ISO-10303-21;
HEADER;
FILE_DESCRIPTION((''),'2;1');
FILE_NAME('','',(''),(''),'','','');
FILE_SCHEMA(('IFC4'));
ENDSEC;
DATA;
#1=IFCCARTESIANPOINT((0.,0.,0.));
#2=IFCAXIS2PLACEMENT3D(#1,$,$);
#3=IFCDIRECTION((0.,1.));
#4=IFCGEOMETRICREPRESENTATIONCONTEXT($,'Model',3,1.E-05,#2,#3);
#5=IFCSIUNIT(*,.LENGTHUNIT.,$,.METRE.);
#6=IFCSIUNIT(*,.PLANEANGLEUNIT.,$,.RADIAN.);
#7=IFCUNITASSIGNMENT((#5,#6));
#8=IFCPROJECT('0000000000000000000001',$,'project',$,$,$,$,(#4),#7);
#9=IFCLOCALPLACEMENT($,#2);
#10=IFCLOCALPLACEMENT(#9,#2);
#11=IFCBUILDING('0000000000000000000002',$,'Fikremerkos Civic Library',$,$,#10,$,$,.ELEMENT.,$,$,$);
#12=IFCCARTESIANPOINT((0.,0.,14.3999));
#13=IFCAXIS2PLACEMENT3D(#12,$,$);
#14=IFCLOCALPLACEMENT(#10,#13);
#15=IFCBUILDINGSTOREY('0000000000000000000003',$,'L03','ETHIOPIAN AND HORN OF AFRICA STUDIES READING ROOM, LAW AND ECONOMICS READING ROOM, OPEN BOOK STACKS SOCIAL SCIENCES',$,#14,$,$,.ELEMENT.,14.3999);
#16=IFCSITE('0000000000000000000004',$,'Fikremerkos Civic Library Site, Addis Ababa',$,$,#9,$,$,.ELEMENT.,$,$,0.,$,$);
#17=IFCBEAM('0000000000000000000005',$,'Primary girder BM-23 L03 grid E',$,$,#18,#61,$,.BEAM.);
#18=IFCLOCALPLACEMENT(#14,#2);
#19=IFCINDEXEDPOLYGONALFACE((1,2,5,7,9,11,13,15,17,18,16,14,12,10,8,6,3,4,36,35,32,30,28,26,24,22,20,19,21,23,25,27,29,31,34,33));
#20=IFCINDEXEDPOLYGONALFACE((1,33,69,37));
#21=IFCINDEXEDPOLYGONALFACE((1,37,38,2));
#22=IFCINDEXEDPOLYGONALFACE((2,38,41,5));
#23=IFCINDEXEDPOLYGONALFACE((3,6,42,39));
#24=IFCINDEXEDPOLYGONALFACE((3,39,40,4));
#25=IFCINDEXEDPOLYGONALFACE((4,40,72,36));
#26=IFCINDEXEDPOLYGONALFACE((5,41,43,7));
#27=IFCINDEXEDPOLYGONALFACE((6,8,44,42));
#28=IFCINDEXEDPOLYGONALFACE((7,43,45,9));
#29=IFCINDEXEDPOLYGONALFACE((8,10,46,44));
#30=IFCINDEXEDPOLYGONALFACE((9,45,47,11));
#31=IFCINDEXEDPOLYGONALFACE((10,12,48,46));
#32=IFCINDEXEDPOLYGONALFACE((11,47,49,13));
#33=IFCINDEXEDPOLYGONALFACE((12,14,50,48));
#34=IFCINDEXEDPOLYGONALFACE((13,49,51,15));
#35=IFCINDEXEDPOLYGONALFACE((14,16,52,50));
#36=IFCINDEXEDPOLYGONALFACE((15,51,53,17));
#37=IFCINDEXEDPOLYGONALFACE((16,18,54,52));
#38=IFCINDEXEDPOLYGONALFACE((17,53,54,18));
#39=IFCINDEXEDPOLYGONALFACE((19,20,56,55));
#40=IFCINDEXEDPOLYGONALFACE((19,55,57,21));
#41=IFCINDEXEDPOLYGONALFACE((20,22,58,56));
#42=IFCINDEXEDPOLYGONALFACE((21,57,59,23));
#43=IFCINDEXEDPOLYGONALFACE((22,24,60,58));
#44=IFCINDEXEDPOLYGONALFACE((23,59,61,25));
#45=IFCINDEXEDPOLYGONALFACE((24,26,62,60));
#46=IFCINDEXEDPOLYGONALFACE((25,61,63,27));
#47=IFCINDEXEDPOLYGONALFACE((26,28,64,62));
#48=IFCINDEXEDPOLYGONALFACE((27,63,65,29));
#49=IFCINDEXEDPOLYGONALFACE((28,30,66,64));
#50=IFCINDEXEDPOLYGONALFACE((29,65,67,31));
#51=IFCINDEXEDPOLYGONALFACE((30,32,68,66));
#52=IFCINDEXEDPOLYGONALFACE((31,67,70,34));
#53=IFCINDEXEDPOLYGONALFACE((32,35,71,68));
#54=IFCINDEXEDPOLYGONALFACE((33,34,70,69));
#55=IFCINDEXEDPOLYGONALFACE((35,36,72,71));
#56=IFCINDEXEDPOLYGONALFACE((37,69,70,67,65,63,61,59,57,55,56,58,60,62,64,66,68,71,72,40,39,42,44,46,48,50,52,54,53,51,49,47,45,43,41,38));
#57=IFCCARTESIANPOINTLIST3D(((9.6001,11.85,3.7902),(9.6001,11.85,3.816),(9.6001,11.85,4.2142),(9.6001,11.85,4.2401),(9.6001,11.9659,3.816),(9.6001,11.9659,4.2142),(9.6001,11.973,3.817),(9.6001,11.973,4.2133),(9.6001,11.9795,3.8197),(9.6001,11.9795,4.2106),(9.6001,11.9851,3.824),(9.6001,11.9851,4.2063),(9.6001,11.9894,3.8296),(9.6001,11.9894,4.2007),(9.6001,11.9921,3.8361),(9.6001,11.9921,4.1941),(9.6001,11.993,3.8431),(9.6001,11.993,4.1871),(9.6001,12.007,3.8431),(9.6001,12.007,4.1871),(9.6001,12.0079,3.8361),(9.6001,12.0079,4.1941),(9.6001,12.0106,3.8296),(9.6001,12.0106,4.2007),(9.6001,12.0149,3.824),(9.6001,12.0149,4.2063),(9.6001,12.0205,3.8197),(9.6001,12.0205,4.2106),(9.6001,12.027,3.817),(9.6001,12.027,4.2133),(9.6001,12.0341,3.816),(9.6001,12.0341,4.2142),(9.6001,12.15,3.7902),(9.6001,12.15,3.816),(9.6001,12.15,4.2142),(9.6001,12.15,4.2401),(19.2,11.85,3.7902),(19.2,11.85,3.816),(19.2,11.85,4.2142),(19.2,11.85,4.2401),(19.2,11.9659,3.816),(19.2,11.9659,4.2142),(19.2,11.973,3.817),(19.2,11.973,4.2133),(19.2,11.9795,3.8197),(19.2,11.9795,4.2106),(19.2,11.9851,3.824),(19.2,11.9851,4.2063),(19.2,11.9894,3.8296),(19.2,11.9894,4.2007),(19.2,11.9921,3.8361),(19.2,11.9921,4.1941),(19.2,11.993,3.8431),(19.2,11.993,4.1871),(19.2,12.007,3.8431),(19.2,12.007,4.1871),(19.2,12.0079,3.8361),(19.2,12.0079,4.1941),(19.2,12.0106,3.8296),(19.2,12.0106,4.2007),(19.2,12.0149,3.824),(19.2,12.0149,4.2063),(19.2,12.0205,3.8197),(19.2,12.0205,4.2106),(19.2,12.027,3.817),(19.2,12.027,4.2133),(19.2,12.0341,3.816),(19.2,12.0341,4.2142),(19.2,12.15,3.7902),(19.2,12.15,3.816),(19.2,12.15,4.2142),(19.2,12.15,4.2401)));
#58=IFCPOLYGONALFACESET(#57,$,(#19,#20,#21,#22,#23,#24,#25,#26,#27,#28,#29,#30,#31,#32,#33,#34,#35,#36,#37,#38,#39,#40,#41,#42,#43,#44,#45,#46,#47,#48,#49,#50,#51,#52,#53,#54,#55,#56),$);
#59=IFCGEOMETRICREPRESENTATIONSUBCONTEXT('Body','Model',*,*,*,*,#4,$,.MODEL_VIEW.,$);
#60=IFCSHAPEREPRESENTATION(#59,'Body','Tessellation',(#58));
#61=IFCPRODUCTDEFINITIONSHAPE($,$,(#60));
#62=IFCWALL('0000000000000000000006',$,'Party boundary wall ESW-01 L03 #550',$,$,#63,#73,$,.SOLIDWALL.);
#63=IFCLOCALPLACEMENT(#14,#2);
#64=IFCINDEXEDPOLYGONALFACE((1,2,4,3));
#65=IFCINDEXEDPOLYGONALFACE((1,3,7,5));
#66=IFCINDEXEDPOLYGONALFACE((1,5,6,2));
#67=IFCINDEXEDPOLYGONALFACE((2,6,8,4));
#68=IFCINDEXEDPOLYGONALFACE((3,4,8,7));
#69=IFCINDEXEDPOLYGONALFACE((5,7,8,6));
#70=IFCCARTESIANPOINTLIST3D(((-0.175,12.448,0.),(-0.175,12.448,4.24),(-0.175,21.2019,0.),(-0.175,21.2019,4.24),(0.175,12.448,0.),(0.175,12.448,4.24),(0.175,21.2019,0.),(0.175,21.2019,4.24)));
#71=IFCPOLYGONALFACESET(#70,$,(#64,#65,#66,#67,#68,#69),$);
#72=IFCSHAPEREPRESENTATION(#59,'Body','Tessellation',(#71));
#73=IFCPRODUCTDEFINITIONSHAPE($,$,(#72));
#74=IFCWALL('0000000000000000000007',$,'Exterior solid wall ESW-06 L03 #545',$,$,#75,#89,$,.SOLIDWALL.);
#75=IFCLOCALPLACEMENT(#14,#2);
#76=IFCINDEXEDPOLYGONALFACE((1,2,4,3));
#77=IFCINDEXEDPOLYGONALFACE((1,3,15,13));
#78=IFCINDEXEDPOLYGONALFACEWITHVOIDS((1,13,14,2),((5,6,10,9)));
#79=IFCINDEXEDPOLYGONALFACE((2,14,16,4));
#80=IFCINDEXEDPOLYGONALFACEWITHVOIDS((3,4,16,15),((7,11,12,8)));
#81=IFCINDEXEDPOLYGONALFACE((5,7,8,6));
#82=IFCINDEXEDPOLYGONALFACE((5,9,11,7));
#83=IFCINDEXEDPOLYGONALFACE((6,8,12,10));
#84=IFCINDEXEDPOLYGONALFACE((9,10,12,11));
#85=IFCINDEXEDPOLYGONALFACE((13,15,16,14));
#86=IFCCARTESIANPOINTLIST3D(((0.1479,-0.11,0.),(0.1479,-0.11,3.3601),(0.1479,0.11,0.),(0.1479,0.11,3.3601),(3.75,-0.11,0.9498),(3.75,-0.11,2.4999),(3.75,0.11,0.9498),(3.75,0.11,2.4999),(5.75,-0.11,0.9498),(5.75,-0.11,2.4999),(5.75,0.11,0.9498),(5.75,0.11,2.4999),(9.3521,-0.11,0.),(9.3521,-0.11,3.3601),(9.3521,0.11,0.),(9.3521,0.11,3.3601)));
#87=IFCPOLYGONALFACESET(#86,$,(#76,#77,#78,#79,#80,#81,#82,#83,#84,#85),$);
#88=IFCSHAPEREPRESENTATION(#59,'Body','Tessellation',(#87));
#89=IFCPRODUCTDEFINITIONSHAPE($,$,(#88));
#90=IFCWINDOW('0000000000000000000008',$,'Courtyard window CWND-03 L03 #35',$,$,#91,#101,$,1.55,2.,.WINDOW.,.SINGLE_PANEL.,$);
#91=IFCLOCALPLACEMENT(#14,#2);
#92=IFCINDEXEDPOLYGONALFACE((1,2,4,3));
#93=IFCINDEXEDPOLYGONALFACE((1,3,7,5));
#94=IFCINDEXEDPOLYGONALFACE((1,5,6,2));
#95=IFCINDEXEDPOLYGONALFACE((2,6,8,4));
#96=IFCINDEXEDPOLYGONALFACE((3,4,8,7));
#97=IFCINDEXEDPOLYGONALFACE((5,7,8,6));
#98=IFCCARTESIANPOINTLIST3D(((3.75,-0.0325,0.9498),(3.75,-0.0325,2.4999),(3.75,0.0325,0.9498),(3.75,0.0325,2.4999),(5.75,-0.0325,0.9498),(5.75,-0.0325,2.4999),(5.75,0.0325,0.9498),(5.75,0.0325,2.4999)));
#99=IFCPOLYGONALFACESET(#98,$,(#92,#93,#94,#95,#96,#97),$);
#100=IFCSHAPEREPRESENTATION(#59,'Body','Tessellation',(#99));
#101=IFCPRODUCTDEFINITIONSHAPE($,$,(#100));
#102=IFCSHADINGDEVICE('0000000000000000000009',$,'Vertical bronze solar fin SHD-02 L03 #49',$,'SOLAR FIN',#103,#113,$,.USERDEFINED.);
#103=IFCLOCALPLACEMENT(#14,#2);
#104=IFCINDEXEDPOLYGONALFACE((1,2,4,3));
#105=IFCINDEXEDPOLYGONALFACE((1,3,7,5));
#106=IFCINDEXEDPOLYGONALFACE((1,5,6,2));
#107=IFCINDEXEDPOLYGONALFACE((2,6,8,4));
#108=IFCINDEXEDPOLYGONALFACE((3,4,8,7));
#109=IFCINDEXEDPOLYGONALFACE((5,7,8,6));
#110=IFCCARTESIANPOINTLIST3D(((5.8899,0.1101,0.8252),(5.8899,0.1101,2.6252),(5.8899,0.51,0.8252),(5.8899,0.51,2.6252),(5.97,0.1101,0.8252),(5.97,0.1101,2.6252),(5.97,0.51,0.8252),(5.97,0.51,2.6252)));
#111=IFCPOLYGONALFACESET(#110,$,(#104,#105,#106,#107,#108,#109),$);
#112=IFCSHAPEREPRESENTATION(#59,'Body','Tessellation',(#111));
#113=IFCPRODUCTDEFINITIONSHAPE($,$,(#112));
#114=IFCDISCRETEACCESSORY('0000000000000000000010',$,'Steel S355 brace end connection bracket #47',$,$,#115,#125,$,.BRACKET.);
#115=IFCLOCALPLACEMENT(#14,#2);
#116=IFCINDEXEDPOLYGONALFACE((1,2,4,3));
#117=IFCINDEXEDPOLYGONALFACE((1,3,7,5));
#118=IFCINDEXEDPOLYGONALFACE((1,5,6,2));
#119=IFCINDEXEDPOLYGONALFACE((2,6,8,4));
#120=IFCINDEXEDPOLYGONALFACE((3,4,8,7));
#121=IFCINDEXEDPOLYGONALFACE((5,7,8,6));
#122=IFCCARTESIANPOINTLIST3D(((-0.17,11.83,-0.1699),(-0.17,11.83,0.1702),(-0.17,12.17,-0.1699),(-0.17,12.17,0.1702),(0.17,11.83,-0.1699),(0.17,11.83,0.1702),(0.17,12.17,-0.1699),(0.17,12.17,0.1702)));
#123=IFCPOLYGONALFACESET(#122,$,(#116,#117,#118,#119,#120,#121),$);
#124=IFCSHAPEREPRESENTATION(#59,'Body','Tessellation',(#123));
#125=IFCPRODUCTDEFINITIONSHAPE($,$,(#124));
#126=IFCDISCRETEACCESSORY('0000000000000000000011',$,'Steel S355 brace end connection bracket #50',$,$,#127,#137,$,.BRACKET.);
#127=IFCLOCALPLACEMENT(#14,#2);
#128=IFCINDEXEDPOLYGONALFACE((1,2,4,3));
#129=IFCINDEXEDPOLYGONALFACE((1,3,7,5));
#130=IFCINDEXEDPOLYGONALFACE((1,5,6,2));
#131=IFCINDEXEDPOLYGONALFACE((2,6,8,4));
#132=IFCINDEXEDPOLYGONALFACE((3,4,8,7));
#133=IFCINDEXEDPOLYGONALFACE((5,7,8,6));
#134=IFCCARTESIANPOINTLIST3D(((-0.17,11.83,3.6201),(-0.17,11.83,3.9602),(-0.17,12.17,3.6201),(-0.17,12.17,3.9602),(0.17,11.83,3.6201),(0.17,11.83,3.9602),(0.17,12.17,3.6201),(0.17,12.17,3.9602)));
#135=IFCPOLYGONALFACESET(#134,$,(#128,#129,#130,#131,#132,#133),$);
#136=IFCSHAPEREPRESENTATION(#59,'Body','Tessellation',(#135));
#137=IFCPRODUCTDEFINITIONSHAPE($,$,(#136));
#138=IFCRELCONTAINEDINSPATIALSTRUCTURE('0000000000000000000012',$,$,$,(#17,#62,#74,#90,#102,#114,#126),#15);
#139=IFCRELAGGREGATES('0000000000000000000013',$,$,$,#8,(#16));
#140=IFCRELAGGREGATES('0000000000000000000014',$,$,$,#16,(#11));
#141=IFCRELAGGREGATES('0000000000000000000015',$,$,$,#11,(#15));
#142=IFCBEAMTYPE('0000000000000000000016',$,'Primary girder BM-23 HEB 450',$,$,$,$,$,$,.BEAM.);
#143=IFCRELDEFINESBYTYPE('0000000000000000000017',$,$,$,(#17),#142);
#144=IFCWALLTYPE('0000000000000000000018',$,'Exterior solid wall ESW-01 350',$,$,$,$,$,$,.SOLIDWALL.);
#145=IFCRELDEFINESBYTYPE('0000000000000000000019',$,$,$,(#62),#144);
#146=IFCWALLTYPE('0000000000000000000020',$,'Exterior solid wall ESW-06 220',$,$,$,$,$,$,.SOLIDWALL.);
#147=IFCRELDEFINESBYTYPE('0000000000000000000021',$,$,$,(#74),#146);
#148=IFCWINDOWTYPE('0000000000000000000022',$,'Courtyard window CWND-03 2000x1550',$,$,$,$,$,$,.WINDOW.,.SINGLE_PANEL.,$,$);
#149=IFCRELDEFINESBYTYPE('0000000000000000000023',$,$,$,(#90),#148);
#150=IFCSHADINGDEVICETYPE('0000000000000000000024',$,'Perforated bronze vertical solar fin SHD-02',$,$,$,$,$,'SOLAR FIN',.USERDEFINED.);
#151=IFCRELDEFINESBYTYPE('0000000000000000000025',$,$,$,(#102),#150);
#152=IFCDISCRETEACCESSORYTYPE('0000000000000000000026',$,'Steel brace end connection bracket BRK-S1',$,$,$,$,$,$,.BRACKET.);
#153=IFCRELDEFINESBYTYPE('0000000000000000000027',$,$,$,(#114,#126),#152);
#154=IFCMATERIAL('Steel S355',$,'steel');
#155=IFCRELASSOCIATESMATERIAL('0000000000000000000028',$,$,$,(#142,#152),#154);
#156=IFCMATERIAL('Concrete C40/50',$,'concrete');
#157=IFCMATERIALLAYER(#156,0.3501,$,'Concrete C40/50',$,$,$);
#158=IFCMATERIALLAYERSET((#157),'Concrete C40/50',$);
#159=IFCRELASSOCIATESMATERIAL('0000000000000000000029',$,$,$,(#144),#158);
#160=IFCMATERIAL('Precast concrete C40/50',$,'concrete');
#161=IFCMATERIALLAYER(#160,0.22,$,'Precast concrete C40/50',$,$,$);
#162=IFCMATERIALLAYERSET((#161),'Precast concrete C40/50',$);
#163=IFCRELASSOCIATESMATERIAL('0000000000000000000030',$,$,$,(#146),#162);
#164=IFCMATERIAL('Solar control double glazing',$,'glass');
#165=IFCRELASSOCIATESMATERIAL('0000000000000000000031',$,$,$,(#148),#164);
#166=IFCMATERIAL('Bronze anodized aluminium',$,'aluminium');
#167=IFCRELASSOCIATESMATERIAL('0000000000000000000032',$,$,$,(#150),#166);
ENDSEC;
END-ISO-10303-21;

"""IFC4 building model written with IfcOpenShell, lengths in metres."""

from ifc_helpers import new_model, si_unit, direction, frame, frame_2d, origin, origin_2d, place, context, subcontext, project, spatial, rectangle, i_section, extrude, material, layer, layer_set, material_profile, profile_set, type_object, element, fill, save


model = new_model("IFC4")

# Units and contexts
model_context = context("Model", 3, precision=1e-05, world=origin(), true_north=direction((0.0, 1.0)))
body_context = subcontext(model_context, "Body", "Model", "MODEL_VIEW")
ifc_project = project(units=[si_unit("LENGTHUNIT", "METRE"), si_unit("PLANEANGLEUNIT", "RADIAN")], contexts=[model_context])

# Site, building, storey
site_placement = place(None, origin())
site = spatial("IfcSite", under=ifc_project, at=site_placement, Name="Fikremerkos Civic Library Site, Addis Ababa", CompositionType="ELEMENT", RefElevation=0.0)
building_placement = place(site_placement, origin())
building = spatial("IfcBuilding", under=site, at=building_placement, Name="Fikremerkos Civic Library", CompositionType="ELEMENT")
storey_placement = place(building_placement, frame((0.0, 0.0, 14.3999)))
storey = spatial("IfcBuildingStorey", under=building, at=storey_placement, Name="L03", Description="ETHIOPIAN AND HORN OF AFRICA STUDIES READING ROOM, LAW AND ECONOMICS READING ROOM, OPEN BOOK STACKS SOCIAL SCIENCES", CompositionType="ELEMENT", Elevation=14.3999)

# Shared definitions
ifc_material_1 = material(Name="Concrete C40/50", Category="concrete")

# Shared definitions
ifc_material_2 = material(Name="Steel S355", Category="steel")

# Beam
ifc_material_profile_1 = material_profile(ifc_material_2, i_section(OverallWidth=0.3, OverallDepth=0.45, WebThickness=0.0139, FlangeThickness=0.0259, FilletRadius=0.0271, at=origin_2d()), Name="HEB 450")
ifc_profile_set_1 = profile_set([ifc_material_profile_1], Name="Steel S355")
beam_type_1 = type_object("IfcBeamType", Name="Primary girder BM-23 HEB 450", PredefinedType="BEAM", material=ifc_profile_set_1)
beam_1_placement = place(storey_placement, frame((9.6001, 12.0, 4.0151), z_axis=(1.0, 0.0, 0.0), x_axis=(0.0, 1.0, 0.0)))
element("IfcBeam", 1, at=beam_1_placement, inside=storey, type_object=beam_type_1, Name="Primary girder BM-23 L03 grid E", PredefinedType="BEAM", context=body_context, shape_type="SweptSolid", body=[
    extrude(i_section(OverallWidth=0.3, OverallDepth=0.45, WebThickness=0.0139, FlangeThickness=0.0259, FilletRadius=0.0271, at=origin_2d()), origin(), (0.0, 0.0, 1.0), 9.5999),
])

# Wall
ifc_layer_1 = layer(ifc_material_1, 0.3501, Name="Concrete C40/50")
ifc_layer_set_1 = layer_set([ifc_layer_1], Name="Concrete C40/50")
wall_type_1 = type_object("IfcWallType", Name="Exterior solid wall ESW-01 350", PredefinedType="SOLIDWALL", material=ifc_layer_set_1)
wall_1_placement = place(storey_placement, frame((0.0, 12.448, 0.0), z_axis=(0.0, 0.0, 1.0), x_axis=(0.0, 1.0, 0.0)))
element("IfcWall", 2, at=wall_1_placement, inside=storey, type_object=wall_type_1, Name="Party boundary wall ESW-01 L03 #550", PredefinedType="SOLIDWALL", context=body_context, shape_type="SweptSolid", body=[
    extrude(rectangle(XDim=8.7539, YDim=0.3501, at=frame_2d((4.377, 0.0))), origin(), (0.0, 0.0, 1.0), 4.24),
])

# Wall, opening, window
ifc_material_3 = material(Name="Precast concrete C40/50", Category="concrete")
ifc_layer_2 = layer(ifc_material_3, 0.22, Name="Precast concrete C40/50")
ifc_layer_set_2 = layer_set([ifc_layer_2], Name="Precast concrete C40/50")
wall_type_2 = type_object("IfcWallType", Name="Exterior solid wall ESW-06 220", PredefinedType="SOLIDWALL", material=ifc_layer_set_2)
wall_2_placement = place(storey_placement, frame((9.3521, 0.0, 0.0), z_axis=(0.0, 0.0, 1.0), x_axis=(-1.0, 0.0, 0.0)))
wall_2 = element("IfcWall", 3, at=wall_2_placement, inside=storey, type_object=wall_type_2, Name="Exterior solid wall ESW-06 L03 #545", PredefinedType="SOLIDWALL", context=body_context, shape_type="SweptSolid", body=[
    extrude(rectangle(XDim=9.2041, YDim=0.22, at=frame_2d((4.6021, 0.0))), origin(), (0.0, 0.0, 1.0), 3.3601),
])
opening_placement = place(wall_2_placement, frame((3.6021, 0.0, 0.95)))
opening = element("IfcOpeningElement", 4, at=opening_placement, cuts=wall_2, PredefinedType="OPENING", context=body_context, shape_type="SweptSolid", body=[
    extrude(rectangle(XDim=2.0, YDim=1.55, at=frame_2d((1.0, 0.7749))), frame((0.0, 0.1199, 0.0), z_axis=(0.0, -1.0, 0.0), x_axis=(1.0, 0.0, 0.0)), (0.0, 0.0, 1.0), 0.24),
])
ifc_material_4 = material(Name="Solar control double glazing", Category="glass")
window_type = type_object("IfcWindowType", Name="Courtyard window CWND-03 2000x1550", PartitioningType="SINGLE_PANEL", PredefinedType="WINDOW", material=ifc_material_4)
window_placement = place(opening_placement, origin())
window = element("IfcWindow", 5, at=window_placement, inside=storey, type_object=window_type, Name="Courtyard window CWND-03 L03 #35", OverallHeight=1.55, OverallWidth=2.0, PartitioningType="SINGLE_PANEL", PredefinedType="WINDOW", context=body_context, shape_type="SweptSolid", body=[
    extrude(rectangle(XDim=2.0, YDim=1.55, at=frame_2d((1.0, 0.7749))), frame((0.0, 0.0325, 0.0), z_axis=(0.0, -1.0, 0.0), x_axis=(1.0, 0.0, 0.0)), (0.0, 0.0, 1.0), 0.0649),
])
fill(opening, window)

# Shading device
ifc_material_5 = material(Name="Bronze anodized aluminium", Category="aluminium")
shading_device_type = type_object("IfcShadingDeviceType", Name="Perforated bronze vertical solar fin SHD-02", ElementType="SOLAR FIN", PredefinedType="USERDEFINED", material=ifc_material_5)
shading_device_placement = place(storey_placement, frame((5.9299, 0.3101, 0.8252), z_axis=(0.0, 0.0, 1.0), x_axis=(1.0, 0.0, 0.0)))
element("IfcShadingDevice", 6, at=shading_device_placement, inside=storey, type_object=shading_device_type, Name="Vertical bronze solar fin SHD-02 L03 #49", ObjectType="SOLAR FIN", PredefinedType="USERDEFINED", context=body_context, shape_type="SweptSolid", body=[
    extrude(rectangle(XDim=0.0801, YDim=0.3999, at=origin_2d()), origin(), (0.0, 0.0, 1.0), 1.8),
])

# Discrete accessories
discrete_accessory_type = type_object("IfcDiscreteAccessoryType", Name="Steel brace end connection bracket BRK-S1", PredefinedType="BRACKET", material=ifc_material_2)
for number, where, z_axis, x_axis, name in (
    (7, (0.0, 12.0, -0.1699), (0.0, 0.0, 1.0), (1.0, 0.0, 0.0), "Steel S355 brace end connection bracket #47"),
    (8, (0.0, 12.0, 3.6201), (0.0, 0.0, 1.0), (1.0, 0.0, 0.0), "Steel S355 brace end connection bracket #50"),
):
    element("IfcDiscreteAccessory", number, at=place(storey_placement, frame(where, z_axis=z_axis, x_axis=x_axis)), inside=storey, type_object=discrete_accessory_type, Name=name, PredefinedType="BRACKET", context=body_context, shape_type="SweptSolid", body=[
        extrude(rectangle(XDim=0.3401, YDim=0.3401, at=origin_2d()), origin(), (0.0, 0.0, 1.0), 0.3401),
    ])

save(model, "model.ifc")
